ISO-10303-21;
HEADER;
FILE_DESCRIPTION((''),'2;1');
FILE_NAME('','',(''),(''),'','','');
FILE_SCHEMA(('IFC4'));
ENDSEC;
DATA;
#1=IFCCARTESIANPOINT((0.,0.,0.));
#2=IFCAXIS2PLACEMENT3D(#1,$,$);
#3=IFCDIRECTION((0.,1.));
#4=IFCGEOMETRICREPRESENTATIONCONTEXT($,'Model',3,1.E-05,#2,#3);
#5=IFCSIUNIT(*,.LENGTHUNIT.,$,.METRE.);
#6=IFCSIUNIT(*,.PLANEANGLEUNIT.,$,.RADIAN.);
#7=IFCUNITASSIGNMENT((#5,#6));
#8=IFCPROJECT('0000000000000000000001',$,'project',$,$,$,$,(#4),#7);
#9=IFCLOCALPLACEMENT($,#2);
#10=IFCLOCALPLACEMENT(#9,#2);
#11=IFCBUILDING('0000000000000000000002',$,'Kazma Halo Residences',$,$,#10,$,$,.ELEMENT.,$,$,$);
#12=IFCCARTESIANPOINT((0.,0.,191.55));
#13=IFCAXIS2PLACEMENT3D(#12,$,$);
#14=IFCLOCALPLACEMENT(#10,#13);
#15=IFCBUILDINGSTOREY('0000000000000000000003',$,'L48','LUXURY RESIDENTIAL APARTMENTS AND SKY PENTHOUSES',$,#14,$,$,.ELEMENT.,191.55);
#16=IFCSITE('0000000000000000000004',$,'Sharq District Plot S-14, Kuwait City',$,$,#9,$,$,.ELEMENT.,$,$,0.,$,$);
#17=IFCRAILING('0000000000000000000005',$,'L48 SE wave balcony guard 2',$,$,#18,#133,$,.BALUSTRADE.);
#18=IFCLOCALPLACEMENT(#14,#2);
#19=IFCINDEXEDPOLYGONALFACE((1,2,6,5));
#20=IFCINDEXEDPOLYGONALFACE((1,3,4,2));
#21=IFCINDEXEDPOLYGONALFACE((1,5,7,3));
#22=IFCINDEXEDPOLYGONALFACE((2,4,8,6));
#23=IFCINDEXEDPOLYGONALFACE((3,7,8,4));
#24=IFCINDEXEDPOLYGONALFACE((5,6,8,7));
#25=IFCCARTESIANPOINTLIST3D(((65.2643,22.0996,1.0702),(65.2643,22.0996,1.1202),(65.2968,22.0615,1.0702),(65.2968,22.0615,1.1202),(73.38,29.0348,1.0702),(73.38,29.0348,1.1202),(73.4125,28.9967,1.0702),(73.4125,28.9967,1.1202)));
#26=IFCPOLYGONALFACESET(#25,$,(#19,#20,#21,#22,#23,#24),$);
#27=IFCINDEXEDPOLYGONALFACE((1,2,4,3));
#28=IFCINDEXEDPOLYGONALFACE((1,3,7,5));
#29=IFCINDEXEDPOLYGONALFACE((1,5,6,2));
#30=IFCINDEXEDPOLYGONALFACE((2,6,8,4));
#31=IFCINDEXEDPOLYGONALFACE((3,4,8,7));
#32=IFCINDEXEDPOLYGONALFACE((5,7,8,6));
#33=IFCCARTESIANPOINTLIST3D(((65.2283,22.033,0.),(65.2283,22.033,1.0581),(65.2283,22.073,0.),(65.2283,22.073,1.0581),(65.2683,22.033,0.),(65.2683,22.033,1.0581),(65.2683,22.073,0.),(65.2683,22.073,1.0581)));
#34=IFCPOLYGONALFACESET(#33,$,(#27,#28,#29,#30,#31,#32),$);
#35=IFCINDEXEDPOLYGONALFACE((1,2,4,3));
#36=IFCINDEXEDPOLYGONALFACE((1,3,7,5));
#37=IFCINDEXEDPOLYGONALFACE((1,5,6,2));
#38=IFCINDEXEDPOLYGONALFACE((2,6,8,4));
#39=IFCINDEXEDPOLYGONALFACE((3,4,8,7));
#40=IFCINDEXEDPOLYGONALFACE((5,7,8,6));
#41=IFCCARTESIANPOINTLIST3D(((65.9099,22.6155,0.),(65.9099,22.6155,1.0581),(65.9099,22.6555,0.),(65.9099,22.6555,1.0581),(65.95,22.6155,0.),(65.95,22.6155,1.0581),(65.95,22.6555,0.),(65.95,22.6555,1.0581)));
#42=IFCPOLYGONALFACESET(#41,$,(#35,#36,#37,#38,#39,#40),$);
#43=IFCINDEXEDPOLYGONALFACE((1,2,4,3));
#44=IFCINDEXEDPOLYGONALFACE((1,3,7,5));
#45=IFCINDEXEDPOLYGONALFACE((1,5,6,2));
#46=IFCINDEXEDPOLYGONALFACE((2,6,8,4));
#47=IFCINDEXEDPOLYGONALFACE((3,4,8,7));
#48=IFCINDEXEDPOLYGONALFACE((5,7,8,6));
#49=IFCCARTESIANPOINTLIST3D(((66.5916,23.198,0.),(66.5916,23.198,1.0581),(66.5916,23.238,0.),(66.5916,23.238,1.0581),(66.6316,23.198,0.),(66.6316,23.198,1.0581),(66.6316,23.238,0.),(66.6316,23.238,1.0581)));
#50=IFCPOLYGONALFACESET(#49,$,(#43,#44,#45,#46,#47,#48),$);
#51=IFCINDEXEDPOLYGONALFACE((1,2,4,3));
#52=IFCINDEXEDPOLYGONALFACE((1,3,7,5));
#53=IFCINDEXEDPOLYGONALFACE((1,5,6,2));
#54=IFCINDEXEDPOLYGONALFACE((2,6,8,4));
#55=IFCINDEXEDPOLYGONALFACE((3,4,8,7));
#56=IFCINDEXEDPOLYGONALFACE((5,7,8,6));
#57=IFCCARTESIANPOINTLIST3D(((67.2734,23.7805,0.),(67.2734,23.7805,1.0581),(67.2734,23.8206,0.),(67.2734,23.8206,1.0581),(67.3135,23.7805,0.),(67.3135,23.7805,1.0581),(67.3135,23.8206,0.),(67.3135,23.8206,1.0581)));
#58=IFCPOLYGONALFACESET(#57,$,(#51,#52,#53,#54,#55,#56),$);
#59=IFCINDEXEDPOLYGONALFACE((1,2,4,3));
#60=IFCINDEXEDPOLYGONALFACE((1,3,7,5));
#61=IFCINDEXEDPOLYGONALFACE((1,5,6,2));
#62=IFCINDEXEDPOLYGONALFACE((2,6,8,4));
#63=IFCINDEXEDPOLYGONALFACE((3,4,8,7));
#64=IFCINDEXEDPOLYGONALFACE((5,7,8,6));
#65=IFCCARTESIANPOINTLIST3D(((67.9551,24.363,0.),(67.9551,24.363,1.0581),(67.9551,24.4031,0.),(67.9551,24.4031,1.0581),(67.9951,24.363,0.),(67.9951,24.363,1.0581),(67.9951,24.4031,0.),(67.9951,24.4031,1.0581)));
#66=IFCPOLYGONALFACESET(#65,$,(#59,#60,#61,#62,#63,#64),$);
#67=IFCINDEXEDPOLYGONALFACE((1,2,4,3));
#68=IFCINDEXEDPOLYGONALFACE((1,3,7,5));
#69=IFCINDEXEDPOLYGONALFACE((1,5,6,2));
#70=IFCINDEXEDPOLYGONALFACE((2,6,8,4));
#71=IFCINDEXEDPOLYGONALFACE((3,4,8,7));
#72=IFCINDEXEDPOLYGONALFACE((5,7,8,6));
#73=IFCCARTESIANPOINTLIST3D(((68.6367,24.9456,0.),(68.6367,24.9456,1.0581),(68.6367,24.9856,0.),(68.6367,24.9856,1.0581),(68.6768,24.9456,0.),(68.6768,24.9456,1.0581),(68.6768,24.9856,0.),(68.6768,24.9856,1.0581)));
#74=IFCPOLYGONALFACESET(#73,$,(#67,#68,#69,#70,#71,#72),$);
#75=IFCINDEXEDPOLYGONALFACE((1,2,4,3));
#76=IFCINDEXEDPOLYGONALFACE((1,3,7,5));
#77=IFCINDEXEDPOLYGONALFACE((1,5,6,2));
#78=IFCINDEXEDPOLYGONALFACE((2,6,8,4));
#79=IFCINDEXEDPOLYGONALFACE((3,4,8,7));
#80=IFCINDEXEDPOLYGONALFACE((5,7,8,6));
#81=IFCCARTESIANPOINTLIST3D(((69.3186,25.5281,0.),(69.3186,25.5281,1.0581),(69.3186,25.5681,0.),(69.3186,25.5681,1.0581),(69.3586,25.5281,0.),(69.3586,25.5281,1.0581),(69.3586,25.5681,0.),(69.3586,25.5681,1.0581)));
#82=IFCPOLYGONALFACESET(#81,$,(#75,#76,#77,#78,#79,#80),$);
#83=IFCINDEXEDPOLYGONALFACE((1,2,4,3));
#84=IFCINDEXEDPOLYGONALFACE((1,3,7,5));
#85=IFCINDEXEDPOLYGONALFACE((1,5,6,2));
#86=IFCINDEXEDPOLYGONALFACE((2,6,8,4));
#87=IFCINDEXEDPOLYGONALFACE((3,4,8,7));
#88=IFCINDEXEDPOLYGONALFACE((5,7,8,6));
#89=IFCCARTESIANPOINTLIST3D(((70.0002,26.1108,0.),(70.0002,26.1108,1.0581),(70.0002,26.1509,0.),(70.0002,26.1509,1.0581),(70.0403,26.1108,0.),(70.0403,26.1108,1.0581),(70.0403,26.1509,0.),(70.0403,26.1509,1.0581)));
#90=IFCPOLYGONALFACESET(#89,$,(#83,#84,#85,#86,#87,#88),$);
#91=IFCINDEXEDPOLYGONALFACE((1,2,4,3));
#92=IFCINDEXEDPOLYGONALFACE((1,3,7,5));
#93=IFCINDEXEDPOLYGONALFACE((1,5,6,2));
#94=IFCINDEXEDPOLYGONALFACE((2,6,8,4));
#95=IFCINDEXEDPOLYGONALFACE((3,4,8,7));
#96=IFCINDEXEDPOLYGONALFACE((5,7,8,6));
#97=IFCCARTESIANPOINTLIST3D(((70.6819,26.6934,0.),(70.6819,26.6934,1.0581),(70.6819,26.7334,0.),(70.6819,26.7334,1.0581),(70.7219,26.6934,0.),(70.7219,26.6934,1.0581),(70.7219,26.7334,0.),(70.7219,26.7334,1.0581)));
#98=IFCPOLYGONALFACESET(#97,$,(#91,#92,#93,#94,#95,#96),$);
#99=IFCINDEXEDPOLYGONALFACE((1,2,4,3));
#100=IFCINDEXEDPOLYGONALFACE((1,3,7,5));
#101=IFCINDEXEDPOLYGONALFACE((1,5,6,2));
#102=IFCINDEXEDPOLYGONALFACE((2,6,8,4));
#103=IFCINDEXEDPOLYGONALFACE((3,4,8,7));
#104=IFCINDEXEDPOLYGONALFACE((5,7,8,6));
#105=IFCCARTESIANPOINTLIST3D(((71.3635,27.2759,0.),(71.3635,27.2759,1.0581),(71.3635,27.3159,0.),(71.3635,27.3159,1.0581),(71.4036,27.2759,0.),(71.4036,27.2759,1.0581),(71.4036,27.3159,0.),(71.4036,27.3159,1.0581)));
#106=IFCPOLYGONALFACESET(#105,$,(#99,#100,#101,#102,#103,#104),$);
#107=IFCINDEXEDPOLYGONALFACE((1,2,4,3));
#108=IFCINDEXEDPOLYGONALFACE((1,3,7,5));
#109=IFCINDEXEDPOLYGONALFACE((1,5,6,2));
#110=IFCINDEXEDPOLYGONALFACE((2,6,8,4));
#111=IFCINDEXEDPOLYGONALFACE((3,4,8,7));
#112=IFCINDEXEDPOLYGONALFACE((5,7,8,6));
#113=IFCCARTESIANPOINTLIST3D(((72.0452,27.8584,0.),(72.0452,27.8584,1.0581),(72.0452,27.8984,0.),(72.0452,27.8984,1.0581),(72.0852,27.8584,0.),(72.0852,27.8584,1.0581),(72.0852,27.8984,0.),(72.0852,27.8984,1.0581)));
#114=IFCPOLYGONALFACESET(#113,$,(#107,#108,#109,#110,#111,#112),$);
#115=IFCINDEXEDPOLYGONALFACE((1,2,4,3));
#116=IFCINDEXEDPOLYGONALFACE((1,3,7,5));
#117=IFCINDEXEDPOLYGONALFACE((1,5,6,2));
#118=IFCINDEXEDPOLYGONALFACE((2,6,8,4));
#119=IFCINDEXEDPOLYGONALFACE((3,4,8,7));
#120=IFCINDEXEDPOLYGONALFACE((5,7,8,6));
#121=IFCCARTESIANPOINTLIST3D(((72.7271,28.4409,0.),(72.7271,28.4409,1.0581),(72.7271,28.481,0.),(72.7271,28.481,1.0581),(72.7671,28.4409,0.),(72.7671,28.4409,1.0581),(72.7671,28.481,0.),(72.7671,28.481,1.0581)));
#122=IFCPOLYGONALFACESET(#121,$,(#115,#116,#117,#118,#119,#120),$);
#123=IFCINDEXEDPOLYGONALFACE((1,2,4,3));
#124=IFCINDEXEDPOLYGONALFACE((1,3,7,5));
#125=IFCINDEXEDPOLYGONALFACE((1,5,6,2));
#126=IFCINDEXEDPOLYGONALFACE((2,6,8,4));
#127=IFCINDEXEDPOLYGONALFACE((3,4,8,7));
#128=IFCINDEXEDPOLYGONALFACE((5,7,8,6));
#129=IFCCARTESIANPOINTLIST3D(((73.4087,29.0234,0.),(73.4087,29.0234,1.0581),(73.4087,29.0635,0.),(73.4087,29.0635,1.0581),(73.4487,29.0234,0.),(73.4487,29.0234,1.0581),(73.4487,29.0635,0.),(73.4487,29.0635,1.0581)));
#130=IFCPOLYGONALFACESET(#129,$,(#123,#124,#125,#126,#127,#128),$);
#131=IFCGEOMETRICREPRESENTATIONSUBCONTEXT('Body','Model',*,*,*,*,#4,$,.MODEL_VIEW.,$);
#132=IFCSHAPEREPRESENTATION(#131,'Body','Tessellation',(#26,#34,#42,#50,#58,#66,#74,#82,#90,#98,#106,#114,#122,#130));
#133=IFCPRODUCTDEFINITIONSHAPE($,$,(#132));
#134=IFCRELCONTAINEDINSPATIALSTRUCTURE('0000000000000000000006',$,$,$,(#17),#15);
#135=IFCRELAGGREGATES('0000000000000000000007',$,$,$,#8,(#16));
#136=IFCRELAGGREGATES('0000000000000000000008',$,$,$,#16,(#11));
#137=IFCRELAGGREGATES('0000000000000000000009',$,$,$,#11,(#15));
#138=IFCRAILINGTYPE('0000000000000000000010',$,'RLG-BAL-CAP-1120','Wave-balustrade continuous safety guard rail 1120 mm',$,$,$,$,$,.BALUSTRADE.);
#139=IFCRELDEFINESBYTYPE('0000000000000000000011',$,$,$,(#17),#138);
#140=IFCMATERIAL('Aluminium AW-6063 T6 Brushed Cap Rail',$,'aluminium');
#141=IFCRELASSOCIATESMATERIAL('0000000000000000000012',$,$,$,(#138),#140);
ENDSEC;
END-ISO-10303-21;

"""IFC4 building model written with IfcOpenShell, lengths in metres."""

from ifc_helpers import new_model, si_unit, direction, frame, origin, origin_2d, place, context, subcontext, project, spatial, rectangle, extrude, material, type_object, element, save


model = new_model("IFC4")

# Units and contexts
model_context = context("Model", 3, precision=1e-05, world=origin(), true_north=direction((0.0, 1.0)))
body_context = subcontext(model_context, "Body", "Model", "MODEL_VIEW")
ifc_project = project(units=[si_unit("LENGTHUNIT", "METRE"), si_unit("PLANEANGLEUNIT", "RADIAN")], contexts=[model_context])

# Site, building, storey
site_placement = place(None, origin())
site = spatial("IfcSite", under=ifc_project, at=site_placement, Name="Sharq District Plot S-14, Kuwait City", CompositionType="ELEMENT", RefElevation=0.0)
building_placement = place(site_placement, origin())
building = spatial("IfcBuilding", under=site, at=building_placement, Name="Kazma Halo Residences", CompositionType="ELEMENT")
storey_placement = place(building_placement, frame((0.0, 0.0, 191.55)))
storey = spatial("IfcBuildingStorey", under=building, at=storey_placement, Name="L48", Description="LUXURY RESIDENTIAL APARTMENTS AND SKY PENTHOUSES", CompositionType="ELEMENT", Elevation=191.55)

# Railing
ifc_material_1 = material(Name="Aluminium AW-6063 T6 Brushed Cap Rail", Category="aluminium")
railing_type = type_object("IfcRailingType", Name="RLG-BAL-CAP-1120", Description="Wave-balustrade continuous safety guard rail 1120 mm", PredefinedType="BALUSTRADE", material=ifc_material_1)
railing_1_placement = place(storey_placement, frame((65.2483, 22.053, 0.0)))
element("IfcRailing", 1, at=railing_1_placement, inside=storey, type_object=railing_type, Name="L48 SE wave balcony guard 2", PredefinedType="BALUSTRADE", context=body_context, shape_type="SweptSolid", body=[
    extrude(rectangle(XDim=0.05, YDim=0.05, at=origin_2d()), frame((0.0322, 0.0276, 1.0952), z_axis=(0.760234, 0.649649, 0.0), x_axis=(-0.649649, 0.760234, 0.0)), (0.0, 0.0, 1.0), 10.6753),
    extrude(rectangle(XDim=0.04, YDim=0.04, at=origin_2d()), origin(), (0.0, 0.0, 1.0), 1.0581),
    extrude(rectangle(XDim=0.04, YDim=0.04, at=origin_2d()), frame((0.6816, 0.5825, 0.0)), (0.0, 0.0, 1.0), 1.0581),
    extrude(rectangle(XDim=0.04, YDim=0.04, at=origin_2d()), frame((1.3633, 1.165, 0.0)), (0.0, 0.0, 1.0), 1.0581),
    extrude(rectangle(XDim=0.04, YDim=0.04, at=origin_2d()), frame((2.0452, 1.7476, 0.0)), (0.0, 0.0, 1.0), 1.0581),
    extrude(rectangle(XDim=0.04, YDim=0.04, at=origin_2d()), frame((2.7268, 2.3301, 0.0)), (0.0, 0.0, 1.0), 1.0581),
    extrude(rectangle(XDim=0.04, YDim=0.04, at=origin_2d()), frame((3.4084, 2.9126, 0.0)), (0.0, 0.0, 1.0), 1.0581),
    extrude(rectangle(XDim=0.04, YDim=0.04, at=origin_2d()), frame((4.0903, 3.4951, 0.0)), (0.0, 0.0, 1.0), 1.0581),
    extrude(rectangle(XDim=0.04, YDim=0.04, at=origin_2d()), frame((4.772, 4.0779, 0.0)), (0.0, 0.0, 1.0), 1.0581),
    extrude(rectangle(XDim=0.04, YDim=0.04, at=origin_2d()), frame((5.4536, 4.6604, 0.0)), (0.0, 0.0, 1.0), 1.0581),
    extrude(rectangle(XDim=0.04, YDim=0.04, at=origin_2d()), frame((6.1353, 5.2429, 0.0)), (0.0, 0.0, 1.0), 1.0581),
    extrude(rectangle(XDim=0.04, YDim=0.04, at=origin_2d()), frame((6.8169, 5.8254, 0.0)), (0.0, 0.0, 1.0), 1.0581),
    extrude(rectangle(XDim=0.04, YDim=0.04, at=origin_2d()), frame((7.4988, 6.408, 0.0)), (0.0, 0.0, 1.0), 1.0581),
    extrude(rectangle(XDim=0.04, YDim=0.04, at=origin_2d()), frame((8.1804, 6.9905, 0.0)), (0.0, 0.0, 1.0), 1.0581),
])

save(model, "model.ifc")
